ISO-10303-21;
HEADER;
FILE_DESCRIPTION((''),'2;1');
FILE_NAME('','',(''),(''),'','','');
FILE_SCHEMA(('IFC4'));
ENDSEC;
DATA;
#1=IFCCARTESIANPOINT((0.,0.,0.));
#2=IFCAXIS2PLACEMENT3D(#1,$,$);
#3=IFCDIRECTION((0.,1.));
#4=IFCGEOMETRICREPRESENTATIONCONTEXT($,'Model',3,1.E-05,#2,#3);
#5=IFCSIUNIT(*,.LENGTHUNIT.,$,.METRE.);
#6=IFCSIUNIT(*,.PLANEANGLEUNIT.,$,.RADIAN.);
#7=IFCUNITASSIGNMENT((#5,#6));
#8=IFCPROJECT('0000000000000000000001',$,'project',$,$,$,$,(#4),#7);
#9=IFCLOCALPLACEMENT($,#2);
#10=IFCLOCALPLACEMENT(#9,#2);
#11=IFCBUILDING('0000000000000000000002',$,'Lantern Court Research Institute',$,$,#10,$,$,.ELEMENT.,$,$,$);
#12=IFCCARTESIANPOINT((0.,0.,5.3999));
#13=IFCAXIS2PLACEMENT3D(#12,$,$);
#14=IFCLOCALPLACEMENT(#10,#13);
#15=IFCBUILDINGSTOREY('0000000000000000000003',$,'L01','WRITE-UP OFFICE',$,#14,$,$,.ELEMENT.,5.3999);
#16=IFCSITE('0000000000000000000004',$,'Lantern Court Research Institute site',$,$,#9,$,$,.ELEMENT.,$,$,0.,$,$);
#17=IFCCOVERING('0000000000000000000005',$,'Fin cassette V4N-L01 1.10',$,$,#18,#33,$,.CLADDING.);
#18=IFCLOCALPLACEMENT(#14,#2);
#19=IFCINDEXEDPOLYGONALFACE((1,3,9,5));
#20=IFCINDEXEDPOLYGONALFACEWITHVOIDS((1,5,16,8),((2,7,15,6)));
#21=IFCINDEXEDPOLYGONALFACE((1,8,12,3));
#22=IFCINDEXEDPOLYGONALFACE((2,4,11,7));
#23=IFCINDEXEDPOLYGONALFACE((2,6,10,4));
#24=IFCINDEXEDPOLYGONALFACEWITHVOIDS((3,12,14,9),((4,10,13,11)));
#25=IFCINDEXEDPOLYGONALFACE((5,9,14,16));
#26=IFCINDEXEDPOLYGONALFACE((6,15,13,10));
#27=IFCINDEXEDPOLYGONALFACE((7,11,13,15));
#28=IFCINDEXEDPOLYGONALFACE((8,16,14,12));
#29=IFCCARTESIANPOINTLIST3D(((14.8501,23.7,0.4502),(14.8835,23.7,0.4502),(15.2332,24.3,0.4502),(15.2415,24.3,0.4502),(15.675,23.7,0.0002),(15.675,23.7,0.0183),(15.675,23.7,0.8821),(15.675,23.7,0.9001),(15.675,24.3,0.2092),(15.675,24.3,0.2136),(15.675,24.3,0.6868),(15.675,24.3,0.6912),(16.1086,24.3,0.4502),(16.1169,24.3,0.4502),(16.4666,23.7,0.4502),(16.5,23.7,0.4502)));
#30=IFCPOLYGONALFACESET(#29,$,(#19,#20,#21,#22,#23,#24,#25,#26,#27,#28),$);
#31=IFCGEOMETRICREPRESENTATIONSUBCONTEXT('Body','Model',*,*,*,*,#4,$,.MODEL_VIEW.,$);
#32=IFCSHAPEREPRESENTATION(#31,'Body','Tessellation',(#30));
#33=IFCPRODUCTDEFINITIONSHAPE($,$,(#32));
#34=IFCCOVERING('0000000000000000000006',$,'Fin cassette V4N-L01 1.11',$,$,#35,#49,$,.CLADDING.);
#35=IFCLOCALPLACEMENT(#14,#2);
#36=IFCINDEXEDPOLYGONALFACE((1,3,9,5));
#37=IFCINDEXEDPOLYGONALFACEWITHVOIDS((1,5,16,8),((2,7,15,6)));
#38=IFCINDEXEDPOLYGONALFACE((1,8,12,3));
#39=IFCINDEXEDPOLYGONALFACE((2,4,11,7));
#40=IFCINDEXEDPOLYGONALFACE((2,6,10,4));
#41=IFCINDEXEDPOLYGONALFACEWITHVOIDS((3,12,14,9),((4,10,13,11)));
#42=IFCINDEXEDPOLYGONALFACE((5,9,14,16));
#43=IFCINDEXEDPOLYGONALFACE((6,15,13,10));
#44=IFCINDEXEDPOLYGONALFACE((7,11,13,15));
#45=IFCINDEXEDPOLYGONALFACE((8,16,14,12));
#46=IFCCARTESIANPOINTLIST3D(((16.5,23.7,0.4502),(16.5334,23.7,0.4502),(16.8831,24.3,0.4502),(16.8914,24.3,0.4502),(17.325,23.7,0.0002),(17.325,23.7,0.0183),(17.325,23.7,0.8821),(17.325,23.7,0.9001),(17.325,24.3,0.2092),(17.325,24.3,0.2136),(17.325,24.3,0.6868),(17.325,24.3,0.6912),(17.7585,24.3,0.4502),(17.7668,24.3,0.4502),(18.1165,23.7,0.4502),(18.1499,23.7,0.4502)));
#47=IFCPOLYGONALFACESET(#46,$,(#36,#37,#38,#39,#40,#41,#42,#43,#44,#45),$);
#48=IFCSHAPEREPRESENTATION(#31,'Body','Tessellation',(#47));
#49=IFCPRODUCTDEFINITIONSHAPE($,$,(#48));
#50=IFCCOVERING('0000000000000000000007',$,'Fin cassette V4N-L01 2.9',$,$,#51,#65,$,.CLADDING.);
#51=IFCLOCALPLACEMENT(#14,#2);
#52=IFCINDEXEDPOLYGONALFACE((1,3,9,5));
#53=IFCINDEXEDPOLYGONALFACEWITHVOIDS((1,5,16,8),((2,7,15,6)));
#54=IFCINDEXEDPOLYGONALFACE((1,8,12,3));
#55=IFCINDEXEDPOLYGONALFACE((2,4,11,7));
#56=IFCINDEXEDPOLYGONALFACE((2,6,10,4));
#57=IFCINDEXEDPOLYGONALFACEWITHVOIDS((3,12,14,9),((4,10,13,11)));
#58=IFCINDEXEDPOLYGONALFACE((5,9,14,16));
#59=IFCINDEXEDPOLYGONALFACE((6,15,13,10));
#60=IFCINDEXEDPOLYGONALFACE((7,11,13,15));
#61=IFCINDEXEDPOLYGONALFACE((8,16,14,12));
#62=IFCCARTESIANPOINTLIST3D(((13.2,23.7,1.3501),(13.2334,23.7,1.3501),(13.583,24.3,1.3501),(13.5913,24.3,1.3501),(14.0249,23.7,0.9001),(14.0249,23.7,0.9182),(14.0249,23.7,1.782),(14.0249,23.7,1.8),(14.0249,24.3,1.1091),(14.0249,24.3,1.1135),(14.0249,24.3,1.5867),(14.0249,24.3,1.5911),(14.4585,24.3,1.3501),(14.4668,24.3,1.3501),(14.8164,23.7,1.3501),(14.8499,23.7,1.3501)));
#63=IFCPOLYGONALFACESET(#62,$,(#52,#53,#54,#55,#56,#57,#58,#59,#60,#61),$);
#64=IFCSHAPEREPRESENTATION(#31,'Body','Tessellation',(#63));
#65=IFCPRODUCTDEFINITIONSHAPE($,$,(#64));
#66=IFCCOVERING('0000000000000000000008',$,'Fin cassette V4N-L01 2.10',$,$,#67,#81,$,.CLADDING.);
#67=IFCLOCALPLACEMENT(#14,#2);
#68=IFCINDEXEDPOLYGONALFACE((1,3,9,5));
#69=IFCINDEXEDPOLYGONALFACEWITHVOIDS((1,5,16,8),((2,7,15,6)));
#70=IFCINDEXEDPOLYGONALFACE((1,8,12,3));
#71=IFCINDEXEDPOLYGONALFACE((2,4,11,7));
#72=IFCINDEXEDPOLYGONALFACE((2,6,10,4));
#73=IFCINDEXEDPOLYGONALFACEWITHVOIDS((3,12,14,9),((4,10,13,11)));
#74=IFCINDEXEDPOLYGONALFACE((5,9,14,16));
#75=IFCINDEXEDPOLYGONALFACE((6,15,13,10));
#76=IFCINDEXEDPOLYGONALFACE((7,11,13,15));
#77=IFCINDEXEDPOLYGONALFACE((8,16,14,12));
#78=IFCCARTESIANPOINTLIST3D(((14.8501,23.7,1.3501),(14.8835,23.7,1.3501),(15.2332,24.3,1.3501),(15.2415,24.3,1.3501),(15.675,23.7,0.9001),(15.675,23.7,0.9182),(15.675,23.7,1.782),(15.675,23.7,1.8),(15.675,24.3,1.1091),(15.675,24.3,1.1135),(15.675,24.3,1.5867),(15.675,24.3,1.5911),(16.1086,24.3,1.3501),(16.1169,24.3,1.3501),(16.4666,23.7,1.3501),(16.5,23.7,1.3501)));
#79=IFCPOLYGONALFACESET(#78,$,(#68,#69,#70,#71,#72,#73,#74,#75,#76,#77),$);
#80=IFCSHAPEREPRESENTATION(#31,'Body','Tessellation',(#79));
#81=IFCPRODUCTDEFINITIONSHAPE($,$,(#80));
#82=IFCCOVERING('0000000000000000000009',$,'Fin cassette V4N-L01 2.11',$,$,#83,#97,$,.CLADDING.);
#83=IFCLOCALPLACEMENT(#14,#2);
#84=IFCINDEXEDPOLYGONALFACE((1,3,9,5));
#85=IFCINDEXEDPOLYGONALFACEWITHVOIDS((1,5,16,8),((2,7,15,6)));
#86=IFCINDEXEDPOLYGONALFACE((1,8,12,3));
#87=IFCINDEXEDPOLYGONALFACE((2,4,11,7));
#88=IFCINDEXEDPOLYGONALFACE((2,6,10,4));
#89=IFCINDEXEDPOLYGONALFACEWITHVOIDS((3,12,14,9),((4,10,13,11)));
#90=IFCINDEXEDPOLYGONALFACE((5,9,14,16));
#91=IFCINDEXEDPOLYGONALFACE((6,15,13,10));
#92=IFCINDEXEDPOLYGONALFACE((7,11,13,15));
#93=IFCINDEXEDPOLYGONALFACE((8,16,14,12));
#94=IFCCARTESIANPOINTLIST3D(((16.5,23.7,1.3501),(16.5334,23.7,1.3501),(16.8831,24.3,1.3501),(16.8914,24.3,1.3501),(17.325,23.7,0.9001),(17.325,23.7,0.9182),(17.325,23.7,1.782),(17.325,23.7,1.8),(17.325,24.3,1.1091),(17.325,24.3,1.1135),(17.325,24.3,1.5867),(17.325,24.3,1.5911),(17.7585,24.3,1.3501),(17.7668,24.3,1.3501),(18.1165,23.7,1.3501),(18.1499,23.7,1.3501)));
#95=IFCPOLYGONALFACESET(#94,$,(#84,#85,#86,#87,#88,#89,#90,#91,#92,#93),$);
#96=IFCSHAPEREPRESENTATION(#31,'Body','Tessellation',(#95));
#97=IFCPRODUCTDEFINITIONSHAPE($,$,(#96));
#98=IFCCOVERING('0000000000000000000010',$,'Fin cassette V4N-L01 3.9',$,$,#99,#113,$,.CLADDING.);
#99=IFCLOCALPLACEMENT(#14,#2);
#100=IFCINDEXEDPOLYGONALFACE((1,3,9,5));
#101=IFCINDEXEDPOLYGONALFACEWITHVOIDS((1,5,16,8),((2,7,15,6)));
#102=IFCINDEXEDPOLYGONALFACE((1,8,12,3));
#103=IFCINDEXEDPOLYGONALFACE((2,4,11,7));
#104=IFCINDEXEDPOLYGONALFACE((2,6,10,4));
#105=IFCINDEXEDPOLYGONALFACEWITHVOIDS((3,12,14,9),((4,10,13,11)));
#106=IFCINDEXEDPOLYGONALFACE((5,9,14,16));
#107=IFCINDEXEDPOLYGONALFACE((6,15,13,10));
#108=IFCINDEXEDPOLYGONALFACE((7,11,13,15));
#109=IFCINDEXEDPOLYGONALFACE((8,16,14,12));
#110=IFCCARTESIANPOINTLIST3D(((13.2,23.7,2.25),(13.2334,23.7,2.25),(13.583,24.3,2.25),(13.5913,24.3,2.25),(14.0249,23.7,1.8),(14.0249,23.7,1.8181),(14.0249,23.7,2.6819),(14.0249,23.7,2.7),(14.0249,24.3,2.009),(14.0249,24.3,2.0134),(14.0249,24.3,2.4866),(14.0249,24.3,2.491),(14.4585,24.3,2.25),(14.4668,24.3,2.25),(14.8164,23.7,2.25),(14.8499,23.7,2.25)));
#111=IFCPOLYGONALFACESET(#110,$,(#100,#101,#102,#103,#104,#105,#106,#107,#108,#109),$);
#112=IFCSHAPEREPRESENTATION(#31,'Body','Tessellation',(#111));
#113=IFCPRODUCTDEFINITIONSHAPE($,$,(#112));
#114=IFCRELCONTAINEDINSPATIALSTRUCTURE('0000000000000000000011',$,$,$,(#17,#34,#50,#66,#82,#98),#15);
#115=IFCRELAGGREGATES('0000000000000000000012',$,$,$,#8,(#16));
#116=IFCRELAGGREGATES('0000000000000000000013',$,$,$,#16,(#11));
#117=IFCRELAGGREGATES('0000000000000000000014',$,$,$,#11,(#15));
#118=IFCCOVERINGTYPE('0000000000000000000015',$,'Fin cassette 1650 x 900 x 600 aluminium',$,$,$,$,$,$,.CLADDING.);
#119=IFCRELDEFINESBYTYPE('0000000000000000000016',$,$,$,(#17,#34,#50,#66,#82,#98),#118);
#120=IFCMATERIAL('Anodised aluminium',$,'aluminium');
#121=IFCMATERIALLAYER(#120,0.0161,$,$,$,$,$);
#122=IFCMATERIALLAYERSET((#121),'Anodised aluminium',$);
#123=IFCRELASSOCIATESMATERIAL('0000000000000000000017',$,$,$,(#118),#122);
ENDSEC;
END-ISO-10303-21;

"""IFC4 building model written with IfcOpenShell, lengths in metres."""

from ifc_helpers import new_model, entity, si_unit, direction, frame, origin, place, context, subcontext, project, spatial, material, layer, layer_set, type_object, element, save


model = new_model("IFC4")

# Units and contexts
model_context = context("Model", 3, precision=1e-05, world=origin(), true_north=direction((0.0, 1.0)))
body_context = subcontext(model_context, "Body", "Model", "MODEL_VIEW")
ifc_project = project(units=[si_unit("LENGTHUNIT", "METRE"), si_unit("PLANEANGLEUNIT", "RADIAN")], contexts=[model_context])

# Site, building, storey
site_placement = place(None, origin())
site = spatial("IfcSite", under=ifc_project, at=site_placement, Name="Lantern Court Research Institute site", CompositionType="ELEMENT", RefElevation=0.0)
building_placement = place(site_placement, origin())
building = spatial("IfcBuilding", under=site, at=building_placement, Name="Lantern Court Research Institute", CompositionType="ELEMENT")
storey_placement = place(building_placement, frame((0.0, 0.0, 5.3999)))
storey = spatial("IfcBuildingStorey", under=building, at=storey_placement, Name="L01", Description="WRITE-UP OFFICE", CompositionType="ELEMENT", Elevation=5.3999)

# Coverings
ifc_material_1 = material(Name="Anodised aluminium", Category="aluminium")
ifc_layer_1 = layer(ifc_material_1, 0.0161)
ifc_layer_set_1 = layer_set([ifc_layer_1], Name="Anodised aluminium")
covering_type = type_object("IfcCoveringType", Name="Fin cassette 1650 x 900 x 600 aluminium", PredefinedType="CLADDING", material=ifc_layer_set_1)
covering_1_placement = place(storey_placement, frame((15.675, 23.7, 0.4502), z_axis=(0.0, 1.0, 0.0), x_axis=(-1.0, 0.0, 0.0)))
cartesian_point_1 = entity("IfcCartesianPoint", [0.825, 0.0])
cartesian_point_2 = entity("IfcCartesianPoint", [0.7915, 0.0])
cartesian_point_3 = entity("IfcCartesianPoint", [0.4419, 0.0])
cartesian_point_4 = entity("IfcCartesianPoint", [0.4336, 0.0])
element("IfcCovering", 1, at=covering_1_placement, inside=storey, type_object=covering_type, Name="Fin cassette V4N-L01 1.10", PredefinedType="CLADDING", context=body_context, shape_type="SweptSolid", body=[
    entity("IfcExtrudedAreaSolidTapered", entity("IfcArbitraryProfileDefWithVoids", "AREA", None, entity("IfcPolyline", [cartesian_point_1, entity("IfcCartesianPoint", [0.0, 0.45]), entity("IfcCartesianPoint", [-0.825, 0.0]), entity("IfcCartesianPoint", [0.0, -0.45]), cartesian_point_1]), [entity("IfcPolyline", [cartesian_point_2, entity("IfcCartesianPoint", [0.0, 0.4319]), entity("IfcCartesianPoint", [-0.7915, 0.0]), entity("IfcCartesianPoint", [0.0, -0.4319]), cartesian_point_2])]), entity("IfcAxis2Placement3D", entity("IfcCartesianPoint", [0.0, 0.0, 0.0])), entity("IfcDirection", [0.0, 0.0, 1.0]), 0.6001, entity("IfcArbitraryProfileDefWithVoids", "AREA", None, entity("IfcPolyline", [cartesian_point_3, entity("IfcCartesianPoint", [0.0, 0.241]), entity("IfcCartesianPoint", [-0.4419, 0.0]), entity("IfcCartesianPoint", [0.0, -0.241]), cartesian_point_3]), [entity("IfcPolyline", [cartesian_point_4, entity("IfcCartesianPoint", [0.0, 0.2366]), entity("IfcCartesianPoint", [-0.4336, 0.0]), entity("IfcCartesianPoint", [0.0, -0.2366]), cartesian_point_4])])),
])
covering_2_placement = place(storey_placement, frame((17.325, 23.7, 0.4502), z_axis=(0.0, 1.0, 0.0), x_axis=(-1.0, 0.0, 0.0)))
cartesian_point_5 = entity("IfcCartesianPoint", [0.825, 0.0])
cartesian_point_6 = entity("IfcCartesianPoint", [0.7915, 0.0])
cartesian_point_7 = entity("IfcCartesianPoint", [0.4419, 0.0])
cartesian_point_8 = entity("IfcCartesianPoint", [0.4336, 0.0])
element("IfcCovering", 2, at=covering_2_placement, inside=storey, type_object=covering_type, Name="Fin cassette V4N-L01 1.11", PredefinedType="CLADDING", context=body_context, shape_type="SweptSolid", body=[
    entity("IfcExtrudedAreaSolidTapered", entity("IfcArbitraryProfileDefWithVoids", "AREA", None, entity("IfcPolyline", [cartesian_point_5, entity("IfcCartesianPoint", [0.0, 0.45]), entity("IfcCartesianPoint", [-0.825, 0.0]), entity("IfcCartesianPoint", [0.0, -0.45]), cartesian_point_5]), [entity("IfcPolyline", [cartesian_point_6, entity("IfcCartesianPoint", [0.0, 0.4319]), entity("IfcCartesianPoint", [-0.7915, 0.0]), entity("IfcCartesianPoint", [0.0, -0.4319]), cartesian_point_6])]), entity("IfcAxis2Placement3D", entity("IfcCartesianPoint", [0.0, 0.0, 0.0])), entity("IfcDirection", [0.0, 0.0, 1.0]), 0.6001, entity("IfcArbitraryProfileDefWithVoids", "AREA", None, entity("IfcPolyline", [cartesian_point_7, entity("IfcCartesianPoint", [0.0, 0.241]), entity("IfcCartesianPoint", [-0.4419, 0.0]), entity("IfcCartesianPoint", [0.0, -0.241]), cartesian_point_7]), [entity("IfcPolyline", [cartesian_point_8, entity("IfcCartesianPoint", [0.0, 0.2366]), entity("IfcCartesianPoint", [-0.4336, 0.0]), entity("IfcCartesianPoint", [0.0, -0.2366]), cartesian_point_8])])),
])
covering_3_placement = place(storey_placement, frame((14.0249, 23.7, 1.3501), z_axis=(0.0, 1.0, 0.0), x_axis=(-1.0, 0.0, 0.0)))
cartesian_point_9 = entity("IfcCartesianPoint", [0.825, 0.0])
cartesian_point_10 = entity("IfcCartesianPoint", [0.7915, 0.0])
cartesian_point_11 = entity("IfcCartesianPoint", [0.4419, 0.0])
cartesian_point_12 = entity("IfcCartesianPoint", [0.4336, 0.0])
element("IfcCovering", 3, at=covering_3_placement, inside=storey, type_object=covering_type, Name="Fin cassette V4N-L01 2.9", PredefinedType="CLADDING", context=body_context, shape_type="SweptSolid", body=[
    entity("IfcExtrudedAreaSolidTapered", entity("IfcArbitraryProfileDefWithVoids", "AREA", None, entity("IfcPolyline", [cartesian_point_9, entity("IfcCartesianPoint", [0.0, 0.45]), entity("IfcCartesianPoint", [-0.825, 0.0]), entity("IfcCartesianPoint", [0.0, -0.45]), cartesian_point_9]), [entity("IfcPolyline", [cartesian_point_10, entity("IfcCartesianPoint", [0.0, 0.4319]), entity("IfcCartesianPoint", [-0.7915, 0.0]), entity("IfcCartesianPoint", [0.0, -0.4319]), cartesian_point_10])]), entity("IfcAxis2Placement3D", entity("IfcCartesianPoint", [0.0, 0.0, 0.0])), entity("IfcDirection", [0.0, 0.0, 1.0]), 0.6001, entity("IfcArbitraryProfileDefWithVoids", "AREA", None, entity("IfcPolyline", [cartesian_point_11, entity("IfcCartesianPoint", [0.0, 0.241]), entity("IfcCartesianPoint", [-0.4419, 0.0]), entity("IfcCartesianPoint", [0.0, -0.241]), cartesian_point_11]), [entity("IfcPolyline", [cartesian_point_12, entity("IfcCartesianPoint", [0.0, 0.2366]), entity("IfcCartesianPoint", [-0.4336, 0.0]), entity("IfcCartesianPoint", [0.0, -0.2366]), cartesian_point_12])])),
])
covering_4_placement = place(storey_placement, frame((15.675, 23.7, 1.3501), z_axis=(0.0, 1.0, 0.0), x_axis=(-1.0, 0.0, 0.0)))
cartesian_point_13 = entity("IfcCartesianPoint", [0.825, 0.0])
cartesian_point_14 = entity("IfcCartesianPoint", [0.7915, 0.0])
cartesian_point_15 = entity("IfcCartesianPoint", [0.4419, 0.0])
cartesian_point_16 = entity("IfcCartesianPoint", [0.4336, 0.0])
element("IfcCovering", 4, at=covering_4_placement, inside=storey, type_object=covering_type, Name="Fin cassette V4N-L01 2.10", PredefinedType="CLADDING", context=body_context, shape_type="SweptSolid", body=[
    entity("IfcExtrudedAreaSolidTapered", entity("IfcArbitraryProfileDefWithVoids", "AREA", None, entity("IfcPolyline", [cartesian_point_13, entity("IfcCartesianPoint", [0.0, 0.45]), entity("IfcCartesianPoint", [-0.825, 0.0]), entity("IfcCartesianPoint", [0.0, -0.45]), cartesian_point_13]), [entity("IfcPolyline", [cartesian_point_14, entity("IfcCartesianPoint", [0.0, 0.4319]), entity("IfcCartesianPoint", [-0.7915, 0.0]), entity("IfcCartesianPoint", [0.0, -0.4319]), cartesian_point_14])]), entity("IfcAxis2Placement3D", entity("IfcCartesianPoint", [0.0, 0.0, 0.0])), entity("IfcDirection", [0.0, 0.0, 1.0]), 0.6001, entity("IfcArbitraryProfileDefWithVoids", "AREA", None, entity("IfcPolyline", [cartesian_point_15, entity("IfcCartesianPoint", [0.0, 0.241]), entity("IfcCartesianPoint", [-0.4419, 0.0]), entity("IfcCartesianPoint", [0.0, -0.241]), cartesian_point_15]), [entity("IfcPolyline", [cartesian_point_16, entity("IfcCartesianPoint", [0.0, 0.2366]), entity("IfcCartesianPoint", [-0.4336, 0.0]), entity("IfcCartesianPoint", [0.0, -0.2366]), cartesian_point_16])])),
])
covering_5_placement = place(storey_placement, frame((17.325, 23.7, 1.3501), z_axis=(0.0, 1.0, 0.0), x_axis=(-1.0, 0.0, 0.0)))
cartesian_point_17 = entity("IfcCartesianPoint", [0.825, 0.0])
cartesian_point_18 = entity("IfcCartesianPoint", [0.7915, 0.0])
cartesian_point_19 = entity("IfcCartesianPoint", [0.4419, 0.0])
cartesian_point_20 = entity("IfcCartesianPoint", [0.4336, 0.0])
element("IfcCovering", 5, at=covering_5_placement, inside=storey, type_object=covering_type, Name="Fin cassette V4N-L01 2.11", PredefinedType="CLADDING", context=body_context, shape_type="SweptSolid", body=[
    entity("IfcExtrudedAreaSolidTapered", entity("IfcArbitraryProfileDefWithVoids", "AREA", None, entity("IfcPolyline", [cartesian_point_17, entity("IfcCartesianPoint", [0.0, 0.45]), entity("IfcCartesianPoint", [-0.825, 0.0]), entity("IfcCartesianPoint", [0.0, -0.45]), cartesian_point_17]), [entity("IfcPolyline", [cartesian_point_18, entity("IfcCartesianPoint", [0.0, 0.4319]), entity("IfcCartesianPoint", [-0.7915, 0.0]), entity("IfcCartesianPoint", [0.0, -0.4319]), cartesian_point_18])]), entity("IfcAxis2Placement3D", entity("IfcCartesianPoint", [0.0, 0.0, 0.0])), entity("IfcDirection", [0.0, 0.0, 1.0]), 0.6001, entity("IfcArbitraryProfileDefWithVoids", "AREA", None, entity("IfcPolyline", [cartesian_point_19, entity("IfcCartesianPoint", [0.0, 0.241]), entity("IfcCartesianPoint", [-0.4419, 0.0]), entity("IfcCartesianPoint", [0.0, -0.241]), cartesian_point_19]), [entity("IfcPolyline", [cartesian_point_20, entity("IfcCartesianPoint", [0.0, 0.2366]), entity("IfcCartesianPoint", [-0.4336, 0.0]), entity("IfcCartesianPoint", [0.0, -0.2366]), cartesian_point_20])])),
])
covering_6_placement = place(storey_placement, frame((14.0249, 23.7, 2.25), z_axis=(0.0, 1.0, 0.0), x_axis=(-1.0, 0.0, 0.0)))
cartesian_point_21 = entity("IfcCartesianPoint", [0.825, 0.0])
cartesian_point_22 = entity("IfcCartesianPoint", [0.7915, 0.0])
cartesian_point_23 = entity("IfcCartesianPoint", [0.4419, 0.0])
cartesian_point_24 = entity("IfcCartesianPoint", [0.4336, 0.0])
element("IfcCovering", 6, at=covering_6_placement, inside=storey, type_object=covering_type, Name="Fin cassette V4N-L01 3.9", PredefinedType="CLADDING", context=body_context, shape_type="SweptSolid", body=[
    entity("IfcExtrudedAreaSolidTapered", entity("IfcArbitraryProfileDefWithVoids", "AREA", None, entity("IfcPolyline", [cartesian_point_21, entity("IfcCartesianPoint", [0.0, 0.45]), entity("IfcCartesianPoint", [-0.825, 0.0]), entity("IfcCartesianPoint", [0.0, -0.45]), cartesian_point_21]), [entity("IfcPolyline", [cartesian_point_22, entity("IfcCartesianPoint", [0.0, 0.4319]), entity("IfcCartesianPoint", [-0.7915, 0.0]), entity("IfcCartesianPoint", [0.0, -0.4319]), cartesian_point_22])]), entity("IfcAxis2Placement3D", entity("IfcCartesianPoint", [0.0, 0.0, 0.0])), entity("IfcDirection", [0.0, 0.0, 1.0]), 0.6001, entity("IfcArbitraryProfileDefWithVoids", "AREA", None, entity("IfcPolyline", [cartesian_point_23, entity("IfcCartesianPoint", [0.0, 0.241]), entity("IfcCartesianPoint", [-0.4419, 0.0]), entity("IfcCartesianPoint", [0.0, -0.241]), cartesian_point_23]), [entity("IfcPolyline", [cartesian_point_24, entity("IfcCartesianPoint", [0.0, 0.2366]), entity("IfcCartesianPoint", [-0.4336, 0.0]), entity("IfcCartesianPoint", [0.0, -0.2366]), cartesian_point_24])])),
])

save(model, "model.ifc")
